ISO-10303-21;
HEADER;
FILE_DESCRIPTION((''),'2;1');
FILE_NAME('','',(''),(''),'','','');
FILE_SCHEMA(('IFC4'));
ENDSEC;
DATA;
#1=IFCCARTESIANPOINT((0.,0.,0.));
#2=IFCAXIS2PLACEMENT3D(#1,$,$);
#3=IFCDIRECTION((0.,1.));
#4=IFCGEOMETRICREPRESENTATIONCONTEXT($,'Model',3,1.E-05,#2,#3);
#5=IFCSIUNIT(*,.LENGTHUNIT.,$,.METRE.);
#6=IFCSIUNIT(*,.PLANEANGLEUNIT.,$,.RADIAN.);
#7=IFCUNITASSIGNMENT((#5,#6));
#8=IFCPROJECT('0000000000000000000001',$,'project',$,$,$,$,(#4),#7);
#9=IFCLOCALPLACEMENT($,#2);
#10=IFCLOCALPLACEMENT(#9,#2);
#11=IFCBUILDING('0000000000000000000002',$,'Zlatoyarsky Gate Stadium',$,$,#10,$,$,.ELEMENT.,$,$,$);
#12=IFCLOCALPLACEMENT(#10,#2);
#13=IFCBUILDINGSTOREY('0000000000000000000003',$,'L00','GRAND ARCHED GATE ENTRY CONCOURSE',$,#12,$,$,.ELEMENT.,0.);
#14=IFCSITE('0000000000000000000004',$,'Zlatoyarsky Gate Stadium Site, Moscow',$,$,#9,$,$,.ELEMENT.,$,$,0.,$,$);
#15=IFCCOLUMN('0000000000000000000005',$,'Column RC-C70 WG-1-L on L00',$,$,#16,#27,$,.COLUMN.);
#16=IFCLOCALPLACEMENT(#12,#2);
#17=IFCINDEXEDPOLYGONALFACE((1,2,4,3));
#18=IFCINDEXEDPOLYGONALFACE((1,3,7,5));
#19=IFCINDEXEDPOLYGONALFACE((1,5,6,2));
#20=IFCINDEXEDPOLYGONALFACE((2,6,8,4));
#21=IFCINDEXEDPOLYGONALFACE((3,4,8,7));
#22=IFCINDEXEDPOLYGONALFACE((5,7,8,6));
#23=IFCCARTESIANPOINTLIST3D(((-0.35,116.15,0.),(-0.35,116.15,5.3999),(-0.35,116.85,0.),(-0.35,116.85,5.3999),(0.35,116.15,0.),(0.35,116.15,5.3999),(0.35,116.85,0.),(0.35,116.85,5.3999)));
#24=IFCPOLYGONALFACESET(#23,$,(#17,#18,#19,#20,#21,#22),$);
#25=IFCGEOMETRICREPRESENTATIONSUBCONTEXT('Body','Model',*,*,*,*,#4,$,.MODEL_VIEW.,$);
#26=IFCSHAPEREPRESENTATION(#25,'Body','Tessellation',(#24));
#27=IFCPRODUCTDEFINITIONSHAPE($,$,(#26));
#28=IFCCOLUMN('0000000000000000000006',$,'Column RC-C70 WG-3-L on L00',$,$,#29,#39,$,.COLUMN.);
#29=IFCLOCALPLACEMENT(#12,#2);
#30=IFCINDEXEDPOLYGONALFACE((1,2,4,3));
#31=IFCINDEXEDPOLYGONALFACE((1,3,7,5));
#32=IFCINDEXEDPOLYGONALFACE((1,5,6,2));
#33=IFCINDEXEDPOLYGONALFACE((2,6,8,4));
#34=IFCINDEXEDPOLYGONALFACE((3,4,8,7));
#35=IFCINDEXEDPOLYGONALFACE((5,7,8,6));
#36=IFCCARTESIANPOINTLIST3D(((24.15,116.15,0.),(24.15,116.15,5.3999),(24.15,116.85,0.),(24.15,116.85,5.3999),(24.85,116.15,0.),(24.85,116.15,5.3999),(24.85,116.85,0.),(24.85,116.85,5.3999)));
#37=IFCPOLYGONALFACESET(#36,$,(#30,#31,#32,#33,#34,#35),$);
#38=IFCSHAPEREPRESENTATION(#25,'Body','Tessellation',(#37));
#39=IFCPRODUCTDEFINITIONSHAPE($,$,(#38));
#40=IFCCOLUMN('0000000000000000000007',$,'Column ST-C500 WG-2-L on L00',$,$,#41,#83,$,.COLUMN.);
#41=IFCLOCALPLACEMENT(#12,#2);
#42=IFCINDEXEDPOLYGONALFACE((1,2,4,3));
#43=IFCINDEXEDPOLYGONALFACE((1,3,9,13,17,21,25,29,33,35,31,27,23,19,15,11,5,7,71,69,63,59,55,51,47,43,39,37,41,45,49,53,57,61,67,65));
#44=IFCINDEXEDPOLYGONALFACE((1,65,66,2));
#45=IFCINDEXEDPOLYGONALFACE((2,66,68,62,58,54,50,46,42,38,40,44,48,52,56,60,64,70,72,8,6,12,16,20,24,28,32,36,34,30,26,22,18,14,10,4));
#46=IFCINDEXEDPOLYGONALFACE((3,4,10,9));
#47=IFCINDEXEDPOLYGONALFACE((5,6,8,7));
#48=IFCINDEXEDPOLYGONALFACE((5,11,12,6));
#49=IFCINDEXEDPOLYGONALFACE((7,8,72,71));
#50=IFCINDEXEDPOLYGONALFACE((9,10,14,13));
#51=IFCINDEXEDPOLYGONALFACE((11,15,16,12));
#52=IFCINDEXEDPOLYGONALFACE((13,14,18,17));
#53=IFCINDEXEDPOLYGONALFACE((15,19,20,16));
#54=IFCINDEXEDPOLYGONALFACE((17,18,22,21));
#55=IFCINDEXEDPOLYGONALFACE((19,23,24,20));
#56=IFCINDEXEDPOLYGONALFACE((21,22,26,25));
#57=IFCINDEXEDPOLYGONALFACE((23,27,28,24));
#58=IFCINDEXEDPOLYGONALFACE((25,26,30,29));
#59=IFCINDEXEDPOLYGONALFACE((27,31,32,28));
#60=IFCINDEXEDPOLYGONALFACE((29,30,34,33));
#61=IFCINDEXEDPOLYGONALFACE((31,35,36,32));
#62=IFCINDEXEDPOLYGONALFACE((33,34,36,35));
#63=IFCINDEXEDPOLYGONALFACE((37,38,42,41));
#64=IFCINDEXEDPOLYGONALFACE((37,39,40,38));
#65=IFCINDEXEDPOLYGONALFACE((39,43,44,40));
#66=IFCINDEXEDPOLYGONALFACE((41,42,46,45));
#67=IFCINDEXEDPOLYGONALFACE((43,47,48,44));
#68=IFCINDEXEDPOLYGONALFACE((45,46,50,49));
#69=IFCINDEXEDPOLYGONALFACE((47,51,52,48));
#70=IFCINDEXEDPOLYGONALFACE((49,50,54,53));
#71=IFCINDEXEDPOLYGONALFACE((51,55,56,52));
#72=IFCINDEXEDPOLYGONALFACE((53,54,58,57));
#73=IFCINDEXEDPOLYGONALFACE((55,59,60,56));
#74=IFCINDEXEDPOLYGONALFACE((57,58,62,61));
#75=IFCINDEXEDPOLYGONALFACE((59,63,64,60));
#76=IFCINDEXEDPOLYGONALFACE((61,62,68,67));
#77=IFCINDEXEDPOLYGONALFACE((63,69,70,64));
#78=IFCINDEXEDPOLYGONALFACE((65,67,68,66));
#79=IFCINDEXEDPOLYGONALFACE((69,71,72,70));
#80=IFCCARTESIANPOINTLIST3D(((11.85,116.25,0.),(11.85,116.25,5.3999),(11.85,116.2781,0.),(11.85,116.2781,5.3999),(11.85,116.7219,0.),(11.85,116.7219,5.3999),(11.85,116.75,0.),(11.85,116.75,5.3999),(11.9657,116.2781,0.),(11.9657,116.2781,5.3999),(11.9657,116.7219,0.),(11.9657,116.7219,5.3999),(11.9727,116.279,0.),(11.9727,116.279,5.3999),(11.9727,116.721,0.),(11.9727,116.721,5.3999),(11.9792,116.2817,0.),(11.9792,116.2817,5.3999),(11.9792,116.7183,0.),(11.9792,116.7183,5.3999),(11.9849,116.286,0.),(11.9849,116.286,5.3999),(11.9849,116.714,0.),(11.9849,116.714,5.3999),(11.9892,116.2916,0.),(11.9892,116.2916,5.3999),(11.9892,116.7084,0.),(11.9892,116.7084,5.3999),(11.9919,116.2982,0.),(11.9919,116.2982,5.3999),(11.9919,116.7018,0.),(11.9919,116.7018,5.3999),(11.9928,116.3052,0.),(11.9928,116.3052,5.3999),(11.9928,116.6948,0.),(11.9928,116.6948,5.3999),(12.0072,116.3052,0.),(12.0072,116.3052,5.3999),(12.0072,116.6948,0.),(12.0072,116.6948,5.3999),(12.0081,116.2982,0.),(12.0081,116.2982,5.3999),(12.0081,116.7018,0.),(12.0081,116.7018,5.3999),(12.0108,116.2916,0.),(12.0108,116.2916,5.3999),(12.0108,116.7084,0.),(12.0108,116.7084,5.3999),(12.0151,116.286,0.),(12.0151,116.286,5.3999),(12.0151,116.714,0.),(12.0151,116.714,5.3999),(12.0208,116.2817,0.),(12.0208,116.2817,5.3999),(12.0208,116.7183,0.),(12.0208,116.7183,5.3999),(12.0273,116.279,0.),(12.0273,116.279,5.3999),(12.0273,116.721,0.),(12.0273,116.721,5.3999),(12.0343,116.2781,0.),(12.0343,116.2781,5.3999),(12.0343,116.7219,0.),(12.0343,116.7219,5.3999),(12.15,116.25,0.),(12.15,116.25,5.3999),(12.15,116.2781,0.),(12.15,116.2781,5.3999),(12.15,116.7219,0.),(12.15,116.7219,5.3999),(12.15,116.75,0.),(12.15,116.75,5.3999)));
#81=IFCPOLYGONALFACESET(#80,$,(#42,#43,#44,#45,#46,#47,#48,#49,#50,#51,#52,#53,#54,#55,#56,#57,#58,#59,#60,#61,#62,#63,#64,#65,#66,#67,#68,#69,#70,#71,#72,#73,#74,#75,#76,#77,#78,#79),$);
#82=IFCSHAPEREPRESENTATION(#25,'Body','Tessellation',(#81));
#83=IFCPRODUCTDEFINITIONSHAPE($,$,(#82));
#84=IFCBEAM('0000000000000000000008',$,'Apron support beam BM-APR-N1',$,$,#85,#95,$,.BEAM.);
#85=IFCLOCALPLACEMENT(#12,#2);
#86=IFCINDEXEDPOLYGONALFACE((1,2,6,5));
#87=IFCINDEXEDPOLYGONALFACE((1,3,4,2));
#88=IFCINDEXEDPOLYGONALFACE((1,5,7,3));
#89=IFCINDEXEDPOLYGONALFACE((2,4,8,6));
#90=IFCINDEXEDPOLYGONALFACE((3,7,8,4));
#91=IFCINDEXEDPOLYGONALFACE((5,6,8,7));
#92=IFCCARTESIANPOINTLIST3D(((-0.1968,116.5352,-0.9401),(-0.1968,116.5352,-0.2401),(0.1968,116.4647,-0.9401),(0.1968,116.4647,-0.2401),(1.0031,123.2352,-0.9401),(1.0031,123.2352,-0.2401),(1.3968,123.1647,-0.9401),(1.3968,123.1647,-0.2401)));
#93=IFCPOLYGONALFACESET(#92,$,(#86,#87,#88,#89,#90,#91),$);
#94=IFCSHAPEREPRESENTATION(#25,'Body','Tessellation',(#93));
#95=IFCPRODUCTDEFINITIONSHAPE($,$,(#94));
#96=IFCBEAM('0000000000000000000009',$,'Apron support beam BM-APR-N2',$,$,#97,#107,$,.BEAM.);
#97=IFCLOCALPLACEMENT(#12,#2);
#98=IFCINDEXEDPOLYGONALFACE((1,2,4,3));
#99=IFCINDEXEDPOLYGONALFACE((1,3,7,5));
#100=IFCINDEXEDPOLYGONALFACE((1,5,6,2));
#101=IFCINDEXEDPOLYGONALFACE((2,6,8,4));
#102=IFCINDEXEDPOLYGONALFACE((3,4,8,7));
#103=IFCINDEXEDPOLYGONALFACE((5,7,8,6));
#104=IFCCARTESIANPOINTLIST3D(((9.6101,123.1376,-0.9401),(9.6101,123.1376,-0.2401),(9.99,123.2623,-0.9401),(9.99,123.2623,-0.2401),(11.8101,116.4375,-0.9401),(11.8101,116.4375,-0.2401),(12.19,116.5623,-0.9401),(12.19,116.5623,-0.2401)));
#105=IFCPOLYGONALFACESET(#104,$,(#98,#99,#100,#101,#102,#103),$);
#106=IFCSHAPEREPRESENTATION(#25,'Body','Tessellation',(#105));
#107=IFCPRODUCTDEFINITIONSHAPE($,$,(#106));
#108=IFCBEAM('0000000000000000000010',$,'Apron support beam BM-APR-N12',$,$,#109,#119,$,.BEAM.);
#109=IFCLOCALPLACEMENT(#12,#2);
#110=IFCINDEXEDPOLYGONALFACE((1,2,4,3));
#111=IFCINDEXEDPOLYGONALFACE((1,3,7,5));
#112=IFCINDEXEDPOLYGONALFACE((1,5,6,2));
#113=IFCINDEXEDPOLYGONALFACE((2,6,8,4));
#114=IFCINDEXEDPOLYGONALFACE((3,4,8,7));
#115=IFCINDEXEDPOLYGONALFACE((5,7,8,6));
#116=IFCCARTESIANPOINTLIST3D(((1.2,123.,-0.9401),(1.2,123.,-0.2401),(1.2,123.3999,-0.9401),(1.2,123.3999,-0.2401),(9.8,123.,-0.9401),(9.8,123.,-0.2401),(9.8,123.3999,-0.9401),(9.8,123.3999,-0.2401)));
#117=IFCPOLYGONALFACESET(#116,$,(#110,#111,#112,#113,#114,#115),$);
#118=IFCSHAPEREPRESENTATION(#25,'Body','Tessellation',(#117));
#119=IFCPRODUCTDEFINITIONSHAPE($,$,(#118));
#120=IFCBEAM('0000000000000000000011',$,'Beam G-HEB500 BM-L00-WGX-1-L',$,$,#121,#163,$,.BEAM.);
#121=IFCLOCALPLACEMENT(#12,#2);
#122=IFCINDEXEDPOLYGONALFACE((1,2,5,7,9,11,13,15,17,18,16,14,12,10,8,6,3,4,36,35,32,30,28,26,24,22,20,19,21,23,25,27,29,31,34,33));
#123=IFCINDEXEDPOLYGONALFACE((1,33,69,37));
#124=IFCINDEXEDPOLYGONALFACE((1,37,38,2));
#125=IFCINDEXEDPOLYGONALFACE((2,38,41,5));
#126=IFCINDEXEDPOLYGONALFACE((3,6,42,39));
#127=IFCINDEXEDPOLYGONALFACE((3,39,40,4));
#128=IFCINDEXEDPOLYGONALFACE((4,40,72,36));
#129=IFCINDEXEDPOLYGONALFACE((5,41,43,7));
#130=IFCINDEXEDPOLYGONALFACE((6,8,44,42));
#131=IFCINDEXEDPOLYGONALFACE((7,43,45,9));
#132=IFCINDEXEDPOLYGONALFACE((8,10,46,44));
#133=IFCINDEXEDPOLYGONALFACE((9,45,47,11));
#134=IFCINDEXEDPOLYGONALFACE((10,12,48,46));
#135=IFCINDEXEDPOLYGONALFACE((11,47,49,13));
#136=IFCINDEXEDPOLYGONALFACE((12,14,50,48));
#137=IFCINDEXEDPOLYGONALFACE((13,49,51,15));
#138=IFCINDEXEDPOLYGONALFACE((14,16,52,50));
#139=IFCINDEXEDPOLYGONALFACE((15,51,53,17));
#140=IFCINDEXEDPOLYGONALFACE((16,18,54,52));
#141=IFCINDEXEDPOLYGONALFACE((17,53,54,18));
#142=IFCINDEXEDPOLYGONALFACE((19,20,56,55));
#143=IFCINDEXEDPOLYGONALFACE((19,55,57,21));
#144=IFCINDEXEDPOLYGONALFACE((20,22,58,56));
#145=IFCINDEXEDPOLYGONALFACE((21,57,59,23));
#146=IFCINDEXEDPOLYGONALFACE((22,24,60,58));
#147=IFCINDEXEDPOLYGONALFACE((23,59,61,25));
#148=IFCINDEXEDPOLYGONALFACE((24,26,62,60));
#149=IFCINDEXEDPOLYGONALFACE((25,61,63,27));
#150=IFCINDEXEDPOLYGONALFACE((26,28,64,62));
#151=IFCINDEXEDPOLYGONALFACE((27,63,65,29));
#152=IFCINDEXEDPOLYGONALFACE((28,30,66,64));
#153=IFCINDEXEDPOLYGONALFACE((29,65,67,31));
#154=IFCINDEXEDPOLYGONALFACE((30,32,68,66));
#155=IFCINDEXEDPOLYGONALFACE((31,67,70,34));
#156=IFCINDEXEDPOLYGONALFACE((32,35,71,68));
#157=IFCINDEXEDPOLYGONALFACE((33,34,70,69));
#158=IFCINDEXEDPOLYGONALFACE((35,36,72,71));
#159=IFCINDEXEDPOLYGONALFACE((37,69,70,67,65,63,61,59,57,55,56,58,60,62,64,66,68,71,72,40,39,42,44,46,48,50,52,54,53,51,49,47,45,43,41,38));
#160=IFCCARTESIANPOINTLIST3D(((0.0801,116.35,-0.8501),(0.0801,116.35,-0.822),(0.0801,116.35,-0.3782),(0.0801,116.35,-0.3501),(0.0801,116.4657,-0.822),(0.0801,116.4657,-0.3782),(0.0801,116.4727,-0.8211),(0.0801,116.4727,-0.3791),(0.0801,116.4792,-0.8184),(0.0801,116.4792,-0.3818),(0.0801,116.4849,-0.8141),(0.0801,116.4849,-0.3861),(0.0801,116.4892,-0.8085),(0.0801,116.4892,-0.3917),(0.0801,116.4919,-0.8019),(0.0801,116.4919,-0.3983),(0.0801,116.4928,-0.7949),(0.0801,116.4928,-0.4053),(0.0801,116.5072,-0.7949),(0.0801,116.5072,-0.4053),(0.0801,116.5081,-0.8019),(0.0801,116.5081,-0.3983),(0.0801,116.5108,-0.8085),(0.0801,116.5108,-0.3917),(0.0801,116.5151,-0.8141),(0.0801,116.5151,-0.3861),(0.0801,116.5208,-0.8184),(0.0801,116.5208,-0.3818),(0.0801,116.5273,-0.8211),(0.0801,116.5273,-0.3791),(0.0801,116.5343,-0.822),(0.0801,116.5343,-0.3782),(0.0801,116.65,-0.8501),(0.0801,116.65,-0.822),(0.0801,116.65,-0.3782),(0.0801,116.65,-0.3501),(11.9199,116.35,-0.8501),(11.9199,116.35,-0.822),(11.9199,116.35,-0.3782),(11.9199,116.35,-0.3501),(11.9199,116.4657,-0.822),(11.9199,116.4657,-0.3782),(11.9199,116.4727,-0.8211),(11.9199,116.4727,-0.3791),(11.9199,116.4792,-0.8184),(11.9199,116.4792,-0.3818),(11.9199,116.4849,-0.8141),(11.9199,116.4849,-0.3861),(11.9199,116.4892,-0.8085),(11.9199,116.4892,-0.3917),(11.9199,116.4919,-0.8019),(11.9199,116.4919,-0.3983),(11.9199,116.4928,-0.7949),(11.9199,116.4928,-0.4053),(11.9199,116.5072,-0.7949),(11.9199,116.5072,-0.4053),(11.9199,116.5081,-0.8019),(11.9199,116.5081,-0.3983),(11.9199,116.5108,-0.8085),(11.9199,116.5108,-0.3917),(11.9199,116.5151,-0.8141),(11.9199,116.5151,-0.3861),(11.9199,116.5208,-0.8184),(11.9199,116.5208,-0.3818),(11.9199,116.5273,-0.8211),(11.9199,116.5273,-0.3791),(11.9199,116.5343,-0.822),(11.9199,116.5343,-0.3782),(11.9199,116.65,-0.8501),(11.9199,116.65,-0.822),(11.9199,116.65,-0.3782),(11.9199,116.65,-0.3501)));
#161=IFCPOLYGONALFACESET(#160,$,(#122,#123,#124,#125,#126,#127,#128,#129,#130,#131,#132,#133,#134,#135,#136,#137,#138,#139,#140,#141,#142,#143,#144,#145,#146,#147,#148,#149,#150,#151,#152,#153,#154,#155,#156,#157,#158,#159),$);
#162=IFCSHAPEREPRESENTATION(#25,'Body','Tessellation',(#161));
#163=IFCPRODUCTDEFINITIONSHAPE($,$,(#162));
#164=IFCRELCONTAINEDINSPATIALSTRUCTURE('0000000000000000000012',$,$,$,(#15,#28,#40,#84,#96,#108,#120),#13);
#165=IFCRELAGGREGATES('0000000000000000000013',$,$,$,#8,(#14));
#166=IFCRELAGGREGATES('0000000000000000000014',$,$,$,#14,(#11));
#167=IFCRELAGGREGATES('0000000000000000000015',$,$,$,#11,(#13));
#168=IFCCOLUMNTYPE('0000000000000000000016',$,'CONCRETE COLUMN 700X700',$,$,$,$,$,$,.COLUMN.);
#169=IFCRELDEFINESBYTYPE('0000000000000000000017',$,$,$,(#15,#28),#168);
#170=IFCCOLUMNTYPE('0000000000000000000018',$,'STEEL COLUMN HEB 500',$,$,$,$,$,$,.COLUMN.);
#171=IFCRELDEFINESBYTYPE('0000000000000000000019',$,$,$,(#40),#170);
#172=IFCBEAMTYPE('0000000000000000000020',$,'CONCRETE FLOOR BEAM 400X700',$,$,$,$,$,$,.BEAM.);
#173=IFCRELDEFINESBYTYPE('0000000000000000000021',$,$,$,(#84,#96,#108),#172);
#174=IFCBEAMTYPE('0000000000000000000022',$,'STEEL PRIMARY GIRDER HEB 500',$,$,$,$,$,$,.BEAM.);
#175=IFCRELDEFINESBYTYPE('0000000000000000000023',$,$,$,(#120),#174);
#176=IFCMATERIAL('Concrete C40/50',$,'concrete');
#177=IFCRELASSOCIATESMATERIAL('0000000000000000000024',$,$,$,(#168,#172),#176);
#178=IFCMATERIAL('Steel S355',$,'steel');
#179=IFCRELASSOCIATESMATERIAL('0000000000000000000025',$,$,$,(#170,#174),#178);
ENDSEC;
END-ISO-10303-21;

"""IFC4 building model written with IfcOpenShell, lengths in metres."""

from ifc_helpers import new_model, si_unit, direction, frame, origin, origin_2d, place, context, subcontext, project, spatial, rectangle, i_section, extrude, material, material_profile, profile_set, type_object, element, save


model = new_model("IFC4")

# Units and contexts
model_context = context("Model", 3, precision=1e-05, world=origin(), true_north=direction((0.0, 1.0)))
body_context = subcontext(model_context, "Body", "Model", "MODEL_VIEW")
ifc_project = project(units=[si_unit("LENGTHUNIT", "METRE"), si_unit("PLANEANGLEUNIT", "RADIAN")], contexts=[model_context])

# Site, building, storey
site_placement = place(None, origin())
site = spatial("IfcSite", under=ifc_project, at=site_placement, Name="Zlatoyarsky Gate Stadium Site, Moscow", CompositionType="ELEMENT", RefElevation=0.0)
building_placement = place(site_placement, origin())
building = spatial("IfcBuilding", under=site, at=building_placement, Name="Zlatoyarsky Gate Stadium", CompositionType="ELEMENT")
storey_placement = place(building_placement, origin())
storey = spatial("IfcBuildingStorey", under=building, at=storey_placement, Name="L00", Description="GRAND ARCHED GATE ENTRY CONCOURSE", CompositionType="ELEMENT", Elevation=0.0)

# Columns
ifc_material_1 = material(Name="Concrete C40/50", Category="concrete")
ifc_material_profile_1 = material_profile(ifc_material_1, rectangle(XDim=0.7, YDim=0.7, at=origin_2d()), Name="RC COL 700X700")
ifc_profile_set_1 = profile_set([ifc_material_profile_1], Name="Concrete C40/50")
column_type_1 = type_object("IfcColumnType", Name="CONCRETE COLUMN 700X700", PredefinedType="COLUMN", material=ifc_profile_set_1)
for number, where, z_axis, x_axis, name in (
    (1, (0.0, 116.5, 0.0), (0.0, 0.0, 1.0), (1.0, 0.0, 0.0), "Column RC-C70 WG-1-L on L00"),
    (2, (24.5, 116.5, 0.0), (0.0, 0.0, 1.0), (1.0, 0.0, 0.0), "Column RC-C70 WG-3-L on L00"),
):
    element("IfcColumn", number, at=place(storey_placement, frame(where, z_axis=z_axis, x_axis=x_axis)), inside=storey, type_object=column_type_1, Name=name, PredefinedType="COLUMN", context=body_context, shape_type="SweptSolid", body=[
        extrude(rectangle(XDim=0.7, YDim=0.7, at=origin_2d()), origin(), (0.0, 0.0, 1.0), 5.3999),
    ])
ifc_material_2 = material(Name="Steel S355", Category="steel")
ifc_material_profile_2 = material_profile(ifc_material_2, i_section(OverallWidth=0.3, OverallDepth=0.5, WebThickness=0.0144, FlangeThickness=0.0281, FilletRadius=0.0271, at=origin_2d()), Name="HEB 500")
ifc_profile_set_2 = profile_set([ifc_material_profile_2], Name="Steel S355")
column_type_2 = type_object("IfcColumnType", Name="STEEL COLUMN HEB 500", PredefinedType="COLUMN", material=ifc_profile_set_2)
column_placement = place(storey_placement, frame((12.0, 116.5, 0.0), z_axis=(0.0, 0.0, 1.0), x_axis=(1.0, 0.0, 0.0)))
element("IfcColumn", 3, at=column_placement, inside=storey, type_object=column_type_2, Name="Column ST-C500 WG-2-L on L00", PredefinedType="COLUMN", context=body_context, shape_type="SweptSolid", body=[
    extrude(i_section(OverallWidth=0.3, OverallDepth=0.5, WebThickness=0.0144, FlangeThickness=0.0281, FilletRadius=0.0271, at=origin_2d()), origin(), (0.0, 0.0, 1.0), 5.3999),
])

# Beams
ifc_material_profile_3 = material_profile(ifc_material_1, rectangle(XDim=0.3999, YDim=0.7, at=origin_2d()), Name="RC BEAM 400X700")
ifc_profile_set_3 = profile_set([ifc_material_profile_3], Name="Concrete C40/50")
beam_type_1 = type_object("IfcBeamType", Name="CONCRETE FLOOR BEAM 400X700", PredefinedType="BEAM", material=ifc_profile_set_3)
beam_1_placement = place(storey_placement, frame((1.2, 123.2, -0.5901), z_axis=(-0.176293, -0.984338, 0.0), x_axis=(0.984338, -0.176293, 0.0)))
element("IfcBeam", 4, at=beam_1_placement, inside=storey, type_object=beam_type_1, Name="Apron support beam BM-APR-N1", PredefinedType="BEAM", context=body_context, shape_type="SweptSolid", body=[
    extrude(rectangle(XDim=0.3999, YDim=0.7, at=origin_2d()), origin(), (0.0, 0.0, 1.0), 6.8066),
])
beam_2_placement = place(storey_placement, frame((9.8, 123.2, -0.5901), z_axis=(0.311966, -0.950093, 0.0), x_axis=(0.950093, 0.311966, 0.0)))
element("IfcBeam", 5, at=beam_2_placement, inside=storey, type_object=beam_type_1, Name="Apron support beam BM-APR-N2", PredefinedType="BEAM", context=body_context, shape_type="SweptSolid", body=[
    extrude(rectangle(XDim=0.3999, YDim=0.7, at=origin_2d()), origin(), (0.0, 0.0, 1.0), 7.052),
])
beam_3_placement = place(storey_placement, frame((1.2, 123.2, -0.5901), z_axis=(1.0, 0.0, 0.0), x_axis=(0.0, 1.0, 0.0)))
element("IfcBeam", 6, at=beam_3_placement, inside=storey, type_object=beam_type_1, Name="Apron support beam BM-APR-N12", PredefinedType="BEAM", context=body_context, shape_type="SweptSolid", body=[
    extrude(rectangle(XDim=0.3999, YDim=0.7, at=origin_2d()), origin(), (0.0, 0.0, 1.0), 8.6001),
])
ifc_material_profile_4 = material_profile(ifc_material_2, i_section(OverallWidth=0.3, OverallDepth=0.5, WebThickness=0.0144, FlangeThickness=0.0281, FilletRadius=0.0271, at=origin_2d()), Name="HEB 500")
ifc_profile_set_4 = profile_set([ifc_material_profile_4], Name="Steel S355")
beam_type_2 = type_object("IfcBeamType", Name="STEEL PRIMARY GIRDER HEB 500", PredefinedType="BEAM", material=ifc_profile_set_4)
beam_4_placement = place(storey_placement, frame((0.0801, 116.5, -0.6001), z_axis=(1.0, 0.0, 0.0), x_axis=(0.0, 1.0, 0.0)))
element("IfcBeam", 7, at=beam_4_placement, inside=storey, type_object=beam_type_2, Name="Beam G-HEB500 BM-L00-WGX-1-L", PredefinedType="BEAM", context=body_context, shape_type="SweptSolid", body=[
    extrude(i_section(OverallWidth=0.3, OverallDepth=0.5, WebThickness=0.0144, FlangeThickness=0.0281, FilletRadius=0.0271, at=origin_2d()), origin(), (0.0, 0.0, 1.0), 11.8398),
])

save(model, "model.ifc")
